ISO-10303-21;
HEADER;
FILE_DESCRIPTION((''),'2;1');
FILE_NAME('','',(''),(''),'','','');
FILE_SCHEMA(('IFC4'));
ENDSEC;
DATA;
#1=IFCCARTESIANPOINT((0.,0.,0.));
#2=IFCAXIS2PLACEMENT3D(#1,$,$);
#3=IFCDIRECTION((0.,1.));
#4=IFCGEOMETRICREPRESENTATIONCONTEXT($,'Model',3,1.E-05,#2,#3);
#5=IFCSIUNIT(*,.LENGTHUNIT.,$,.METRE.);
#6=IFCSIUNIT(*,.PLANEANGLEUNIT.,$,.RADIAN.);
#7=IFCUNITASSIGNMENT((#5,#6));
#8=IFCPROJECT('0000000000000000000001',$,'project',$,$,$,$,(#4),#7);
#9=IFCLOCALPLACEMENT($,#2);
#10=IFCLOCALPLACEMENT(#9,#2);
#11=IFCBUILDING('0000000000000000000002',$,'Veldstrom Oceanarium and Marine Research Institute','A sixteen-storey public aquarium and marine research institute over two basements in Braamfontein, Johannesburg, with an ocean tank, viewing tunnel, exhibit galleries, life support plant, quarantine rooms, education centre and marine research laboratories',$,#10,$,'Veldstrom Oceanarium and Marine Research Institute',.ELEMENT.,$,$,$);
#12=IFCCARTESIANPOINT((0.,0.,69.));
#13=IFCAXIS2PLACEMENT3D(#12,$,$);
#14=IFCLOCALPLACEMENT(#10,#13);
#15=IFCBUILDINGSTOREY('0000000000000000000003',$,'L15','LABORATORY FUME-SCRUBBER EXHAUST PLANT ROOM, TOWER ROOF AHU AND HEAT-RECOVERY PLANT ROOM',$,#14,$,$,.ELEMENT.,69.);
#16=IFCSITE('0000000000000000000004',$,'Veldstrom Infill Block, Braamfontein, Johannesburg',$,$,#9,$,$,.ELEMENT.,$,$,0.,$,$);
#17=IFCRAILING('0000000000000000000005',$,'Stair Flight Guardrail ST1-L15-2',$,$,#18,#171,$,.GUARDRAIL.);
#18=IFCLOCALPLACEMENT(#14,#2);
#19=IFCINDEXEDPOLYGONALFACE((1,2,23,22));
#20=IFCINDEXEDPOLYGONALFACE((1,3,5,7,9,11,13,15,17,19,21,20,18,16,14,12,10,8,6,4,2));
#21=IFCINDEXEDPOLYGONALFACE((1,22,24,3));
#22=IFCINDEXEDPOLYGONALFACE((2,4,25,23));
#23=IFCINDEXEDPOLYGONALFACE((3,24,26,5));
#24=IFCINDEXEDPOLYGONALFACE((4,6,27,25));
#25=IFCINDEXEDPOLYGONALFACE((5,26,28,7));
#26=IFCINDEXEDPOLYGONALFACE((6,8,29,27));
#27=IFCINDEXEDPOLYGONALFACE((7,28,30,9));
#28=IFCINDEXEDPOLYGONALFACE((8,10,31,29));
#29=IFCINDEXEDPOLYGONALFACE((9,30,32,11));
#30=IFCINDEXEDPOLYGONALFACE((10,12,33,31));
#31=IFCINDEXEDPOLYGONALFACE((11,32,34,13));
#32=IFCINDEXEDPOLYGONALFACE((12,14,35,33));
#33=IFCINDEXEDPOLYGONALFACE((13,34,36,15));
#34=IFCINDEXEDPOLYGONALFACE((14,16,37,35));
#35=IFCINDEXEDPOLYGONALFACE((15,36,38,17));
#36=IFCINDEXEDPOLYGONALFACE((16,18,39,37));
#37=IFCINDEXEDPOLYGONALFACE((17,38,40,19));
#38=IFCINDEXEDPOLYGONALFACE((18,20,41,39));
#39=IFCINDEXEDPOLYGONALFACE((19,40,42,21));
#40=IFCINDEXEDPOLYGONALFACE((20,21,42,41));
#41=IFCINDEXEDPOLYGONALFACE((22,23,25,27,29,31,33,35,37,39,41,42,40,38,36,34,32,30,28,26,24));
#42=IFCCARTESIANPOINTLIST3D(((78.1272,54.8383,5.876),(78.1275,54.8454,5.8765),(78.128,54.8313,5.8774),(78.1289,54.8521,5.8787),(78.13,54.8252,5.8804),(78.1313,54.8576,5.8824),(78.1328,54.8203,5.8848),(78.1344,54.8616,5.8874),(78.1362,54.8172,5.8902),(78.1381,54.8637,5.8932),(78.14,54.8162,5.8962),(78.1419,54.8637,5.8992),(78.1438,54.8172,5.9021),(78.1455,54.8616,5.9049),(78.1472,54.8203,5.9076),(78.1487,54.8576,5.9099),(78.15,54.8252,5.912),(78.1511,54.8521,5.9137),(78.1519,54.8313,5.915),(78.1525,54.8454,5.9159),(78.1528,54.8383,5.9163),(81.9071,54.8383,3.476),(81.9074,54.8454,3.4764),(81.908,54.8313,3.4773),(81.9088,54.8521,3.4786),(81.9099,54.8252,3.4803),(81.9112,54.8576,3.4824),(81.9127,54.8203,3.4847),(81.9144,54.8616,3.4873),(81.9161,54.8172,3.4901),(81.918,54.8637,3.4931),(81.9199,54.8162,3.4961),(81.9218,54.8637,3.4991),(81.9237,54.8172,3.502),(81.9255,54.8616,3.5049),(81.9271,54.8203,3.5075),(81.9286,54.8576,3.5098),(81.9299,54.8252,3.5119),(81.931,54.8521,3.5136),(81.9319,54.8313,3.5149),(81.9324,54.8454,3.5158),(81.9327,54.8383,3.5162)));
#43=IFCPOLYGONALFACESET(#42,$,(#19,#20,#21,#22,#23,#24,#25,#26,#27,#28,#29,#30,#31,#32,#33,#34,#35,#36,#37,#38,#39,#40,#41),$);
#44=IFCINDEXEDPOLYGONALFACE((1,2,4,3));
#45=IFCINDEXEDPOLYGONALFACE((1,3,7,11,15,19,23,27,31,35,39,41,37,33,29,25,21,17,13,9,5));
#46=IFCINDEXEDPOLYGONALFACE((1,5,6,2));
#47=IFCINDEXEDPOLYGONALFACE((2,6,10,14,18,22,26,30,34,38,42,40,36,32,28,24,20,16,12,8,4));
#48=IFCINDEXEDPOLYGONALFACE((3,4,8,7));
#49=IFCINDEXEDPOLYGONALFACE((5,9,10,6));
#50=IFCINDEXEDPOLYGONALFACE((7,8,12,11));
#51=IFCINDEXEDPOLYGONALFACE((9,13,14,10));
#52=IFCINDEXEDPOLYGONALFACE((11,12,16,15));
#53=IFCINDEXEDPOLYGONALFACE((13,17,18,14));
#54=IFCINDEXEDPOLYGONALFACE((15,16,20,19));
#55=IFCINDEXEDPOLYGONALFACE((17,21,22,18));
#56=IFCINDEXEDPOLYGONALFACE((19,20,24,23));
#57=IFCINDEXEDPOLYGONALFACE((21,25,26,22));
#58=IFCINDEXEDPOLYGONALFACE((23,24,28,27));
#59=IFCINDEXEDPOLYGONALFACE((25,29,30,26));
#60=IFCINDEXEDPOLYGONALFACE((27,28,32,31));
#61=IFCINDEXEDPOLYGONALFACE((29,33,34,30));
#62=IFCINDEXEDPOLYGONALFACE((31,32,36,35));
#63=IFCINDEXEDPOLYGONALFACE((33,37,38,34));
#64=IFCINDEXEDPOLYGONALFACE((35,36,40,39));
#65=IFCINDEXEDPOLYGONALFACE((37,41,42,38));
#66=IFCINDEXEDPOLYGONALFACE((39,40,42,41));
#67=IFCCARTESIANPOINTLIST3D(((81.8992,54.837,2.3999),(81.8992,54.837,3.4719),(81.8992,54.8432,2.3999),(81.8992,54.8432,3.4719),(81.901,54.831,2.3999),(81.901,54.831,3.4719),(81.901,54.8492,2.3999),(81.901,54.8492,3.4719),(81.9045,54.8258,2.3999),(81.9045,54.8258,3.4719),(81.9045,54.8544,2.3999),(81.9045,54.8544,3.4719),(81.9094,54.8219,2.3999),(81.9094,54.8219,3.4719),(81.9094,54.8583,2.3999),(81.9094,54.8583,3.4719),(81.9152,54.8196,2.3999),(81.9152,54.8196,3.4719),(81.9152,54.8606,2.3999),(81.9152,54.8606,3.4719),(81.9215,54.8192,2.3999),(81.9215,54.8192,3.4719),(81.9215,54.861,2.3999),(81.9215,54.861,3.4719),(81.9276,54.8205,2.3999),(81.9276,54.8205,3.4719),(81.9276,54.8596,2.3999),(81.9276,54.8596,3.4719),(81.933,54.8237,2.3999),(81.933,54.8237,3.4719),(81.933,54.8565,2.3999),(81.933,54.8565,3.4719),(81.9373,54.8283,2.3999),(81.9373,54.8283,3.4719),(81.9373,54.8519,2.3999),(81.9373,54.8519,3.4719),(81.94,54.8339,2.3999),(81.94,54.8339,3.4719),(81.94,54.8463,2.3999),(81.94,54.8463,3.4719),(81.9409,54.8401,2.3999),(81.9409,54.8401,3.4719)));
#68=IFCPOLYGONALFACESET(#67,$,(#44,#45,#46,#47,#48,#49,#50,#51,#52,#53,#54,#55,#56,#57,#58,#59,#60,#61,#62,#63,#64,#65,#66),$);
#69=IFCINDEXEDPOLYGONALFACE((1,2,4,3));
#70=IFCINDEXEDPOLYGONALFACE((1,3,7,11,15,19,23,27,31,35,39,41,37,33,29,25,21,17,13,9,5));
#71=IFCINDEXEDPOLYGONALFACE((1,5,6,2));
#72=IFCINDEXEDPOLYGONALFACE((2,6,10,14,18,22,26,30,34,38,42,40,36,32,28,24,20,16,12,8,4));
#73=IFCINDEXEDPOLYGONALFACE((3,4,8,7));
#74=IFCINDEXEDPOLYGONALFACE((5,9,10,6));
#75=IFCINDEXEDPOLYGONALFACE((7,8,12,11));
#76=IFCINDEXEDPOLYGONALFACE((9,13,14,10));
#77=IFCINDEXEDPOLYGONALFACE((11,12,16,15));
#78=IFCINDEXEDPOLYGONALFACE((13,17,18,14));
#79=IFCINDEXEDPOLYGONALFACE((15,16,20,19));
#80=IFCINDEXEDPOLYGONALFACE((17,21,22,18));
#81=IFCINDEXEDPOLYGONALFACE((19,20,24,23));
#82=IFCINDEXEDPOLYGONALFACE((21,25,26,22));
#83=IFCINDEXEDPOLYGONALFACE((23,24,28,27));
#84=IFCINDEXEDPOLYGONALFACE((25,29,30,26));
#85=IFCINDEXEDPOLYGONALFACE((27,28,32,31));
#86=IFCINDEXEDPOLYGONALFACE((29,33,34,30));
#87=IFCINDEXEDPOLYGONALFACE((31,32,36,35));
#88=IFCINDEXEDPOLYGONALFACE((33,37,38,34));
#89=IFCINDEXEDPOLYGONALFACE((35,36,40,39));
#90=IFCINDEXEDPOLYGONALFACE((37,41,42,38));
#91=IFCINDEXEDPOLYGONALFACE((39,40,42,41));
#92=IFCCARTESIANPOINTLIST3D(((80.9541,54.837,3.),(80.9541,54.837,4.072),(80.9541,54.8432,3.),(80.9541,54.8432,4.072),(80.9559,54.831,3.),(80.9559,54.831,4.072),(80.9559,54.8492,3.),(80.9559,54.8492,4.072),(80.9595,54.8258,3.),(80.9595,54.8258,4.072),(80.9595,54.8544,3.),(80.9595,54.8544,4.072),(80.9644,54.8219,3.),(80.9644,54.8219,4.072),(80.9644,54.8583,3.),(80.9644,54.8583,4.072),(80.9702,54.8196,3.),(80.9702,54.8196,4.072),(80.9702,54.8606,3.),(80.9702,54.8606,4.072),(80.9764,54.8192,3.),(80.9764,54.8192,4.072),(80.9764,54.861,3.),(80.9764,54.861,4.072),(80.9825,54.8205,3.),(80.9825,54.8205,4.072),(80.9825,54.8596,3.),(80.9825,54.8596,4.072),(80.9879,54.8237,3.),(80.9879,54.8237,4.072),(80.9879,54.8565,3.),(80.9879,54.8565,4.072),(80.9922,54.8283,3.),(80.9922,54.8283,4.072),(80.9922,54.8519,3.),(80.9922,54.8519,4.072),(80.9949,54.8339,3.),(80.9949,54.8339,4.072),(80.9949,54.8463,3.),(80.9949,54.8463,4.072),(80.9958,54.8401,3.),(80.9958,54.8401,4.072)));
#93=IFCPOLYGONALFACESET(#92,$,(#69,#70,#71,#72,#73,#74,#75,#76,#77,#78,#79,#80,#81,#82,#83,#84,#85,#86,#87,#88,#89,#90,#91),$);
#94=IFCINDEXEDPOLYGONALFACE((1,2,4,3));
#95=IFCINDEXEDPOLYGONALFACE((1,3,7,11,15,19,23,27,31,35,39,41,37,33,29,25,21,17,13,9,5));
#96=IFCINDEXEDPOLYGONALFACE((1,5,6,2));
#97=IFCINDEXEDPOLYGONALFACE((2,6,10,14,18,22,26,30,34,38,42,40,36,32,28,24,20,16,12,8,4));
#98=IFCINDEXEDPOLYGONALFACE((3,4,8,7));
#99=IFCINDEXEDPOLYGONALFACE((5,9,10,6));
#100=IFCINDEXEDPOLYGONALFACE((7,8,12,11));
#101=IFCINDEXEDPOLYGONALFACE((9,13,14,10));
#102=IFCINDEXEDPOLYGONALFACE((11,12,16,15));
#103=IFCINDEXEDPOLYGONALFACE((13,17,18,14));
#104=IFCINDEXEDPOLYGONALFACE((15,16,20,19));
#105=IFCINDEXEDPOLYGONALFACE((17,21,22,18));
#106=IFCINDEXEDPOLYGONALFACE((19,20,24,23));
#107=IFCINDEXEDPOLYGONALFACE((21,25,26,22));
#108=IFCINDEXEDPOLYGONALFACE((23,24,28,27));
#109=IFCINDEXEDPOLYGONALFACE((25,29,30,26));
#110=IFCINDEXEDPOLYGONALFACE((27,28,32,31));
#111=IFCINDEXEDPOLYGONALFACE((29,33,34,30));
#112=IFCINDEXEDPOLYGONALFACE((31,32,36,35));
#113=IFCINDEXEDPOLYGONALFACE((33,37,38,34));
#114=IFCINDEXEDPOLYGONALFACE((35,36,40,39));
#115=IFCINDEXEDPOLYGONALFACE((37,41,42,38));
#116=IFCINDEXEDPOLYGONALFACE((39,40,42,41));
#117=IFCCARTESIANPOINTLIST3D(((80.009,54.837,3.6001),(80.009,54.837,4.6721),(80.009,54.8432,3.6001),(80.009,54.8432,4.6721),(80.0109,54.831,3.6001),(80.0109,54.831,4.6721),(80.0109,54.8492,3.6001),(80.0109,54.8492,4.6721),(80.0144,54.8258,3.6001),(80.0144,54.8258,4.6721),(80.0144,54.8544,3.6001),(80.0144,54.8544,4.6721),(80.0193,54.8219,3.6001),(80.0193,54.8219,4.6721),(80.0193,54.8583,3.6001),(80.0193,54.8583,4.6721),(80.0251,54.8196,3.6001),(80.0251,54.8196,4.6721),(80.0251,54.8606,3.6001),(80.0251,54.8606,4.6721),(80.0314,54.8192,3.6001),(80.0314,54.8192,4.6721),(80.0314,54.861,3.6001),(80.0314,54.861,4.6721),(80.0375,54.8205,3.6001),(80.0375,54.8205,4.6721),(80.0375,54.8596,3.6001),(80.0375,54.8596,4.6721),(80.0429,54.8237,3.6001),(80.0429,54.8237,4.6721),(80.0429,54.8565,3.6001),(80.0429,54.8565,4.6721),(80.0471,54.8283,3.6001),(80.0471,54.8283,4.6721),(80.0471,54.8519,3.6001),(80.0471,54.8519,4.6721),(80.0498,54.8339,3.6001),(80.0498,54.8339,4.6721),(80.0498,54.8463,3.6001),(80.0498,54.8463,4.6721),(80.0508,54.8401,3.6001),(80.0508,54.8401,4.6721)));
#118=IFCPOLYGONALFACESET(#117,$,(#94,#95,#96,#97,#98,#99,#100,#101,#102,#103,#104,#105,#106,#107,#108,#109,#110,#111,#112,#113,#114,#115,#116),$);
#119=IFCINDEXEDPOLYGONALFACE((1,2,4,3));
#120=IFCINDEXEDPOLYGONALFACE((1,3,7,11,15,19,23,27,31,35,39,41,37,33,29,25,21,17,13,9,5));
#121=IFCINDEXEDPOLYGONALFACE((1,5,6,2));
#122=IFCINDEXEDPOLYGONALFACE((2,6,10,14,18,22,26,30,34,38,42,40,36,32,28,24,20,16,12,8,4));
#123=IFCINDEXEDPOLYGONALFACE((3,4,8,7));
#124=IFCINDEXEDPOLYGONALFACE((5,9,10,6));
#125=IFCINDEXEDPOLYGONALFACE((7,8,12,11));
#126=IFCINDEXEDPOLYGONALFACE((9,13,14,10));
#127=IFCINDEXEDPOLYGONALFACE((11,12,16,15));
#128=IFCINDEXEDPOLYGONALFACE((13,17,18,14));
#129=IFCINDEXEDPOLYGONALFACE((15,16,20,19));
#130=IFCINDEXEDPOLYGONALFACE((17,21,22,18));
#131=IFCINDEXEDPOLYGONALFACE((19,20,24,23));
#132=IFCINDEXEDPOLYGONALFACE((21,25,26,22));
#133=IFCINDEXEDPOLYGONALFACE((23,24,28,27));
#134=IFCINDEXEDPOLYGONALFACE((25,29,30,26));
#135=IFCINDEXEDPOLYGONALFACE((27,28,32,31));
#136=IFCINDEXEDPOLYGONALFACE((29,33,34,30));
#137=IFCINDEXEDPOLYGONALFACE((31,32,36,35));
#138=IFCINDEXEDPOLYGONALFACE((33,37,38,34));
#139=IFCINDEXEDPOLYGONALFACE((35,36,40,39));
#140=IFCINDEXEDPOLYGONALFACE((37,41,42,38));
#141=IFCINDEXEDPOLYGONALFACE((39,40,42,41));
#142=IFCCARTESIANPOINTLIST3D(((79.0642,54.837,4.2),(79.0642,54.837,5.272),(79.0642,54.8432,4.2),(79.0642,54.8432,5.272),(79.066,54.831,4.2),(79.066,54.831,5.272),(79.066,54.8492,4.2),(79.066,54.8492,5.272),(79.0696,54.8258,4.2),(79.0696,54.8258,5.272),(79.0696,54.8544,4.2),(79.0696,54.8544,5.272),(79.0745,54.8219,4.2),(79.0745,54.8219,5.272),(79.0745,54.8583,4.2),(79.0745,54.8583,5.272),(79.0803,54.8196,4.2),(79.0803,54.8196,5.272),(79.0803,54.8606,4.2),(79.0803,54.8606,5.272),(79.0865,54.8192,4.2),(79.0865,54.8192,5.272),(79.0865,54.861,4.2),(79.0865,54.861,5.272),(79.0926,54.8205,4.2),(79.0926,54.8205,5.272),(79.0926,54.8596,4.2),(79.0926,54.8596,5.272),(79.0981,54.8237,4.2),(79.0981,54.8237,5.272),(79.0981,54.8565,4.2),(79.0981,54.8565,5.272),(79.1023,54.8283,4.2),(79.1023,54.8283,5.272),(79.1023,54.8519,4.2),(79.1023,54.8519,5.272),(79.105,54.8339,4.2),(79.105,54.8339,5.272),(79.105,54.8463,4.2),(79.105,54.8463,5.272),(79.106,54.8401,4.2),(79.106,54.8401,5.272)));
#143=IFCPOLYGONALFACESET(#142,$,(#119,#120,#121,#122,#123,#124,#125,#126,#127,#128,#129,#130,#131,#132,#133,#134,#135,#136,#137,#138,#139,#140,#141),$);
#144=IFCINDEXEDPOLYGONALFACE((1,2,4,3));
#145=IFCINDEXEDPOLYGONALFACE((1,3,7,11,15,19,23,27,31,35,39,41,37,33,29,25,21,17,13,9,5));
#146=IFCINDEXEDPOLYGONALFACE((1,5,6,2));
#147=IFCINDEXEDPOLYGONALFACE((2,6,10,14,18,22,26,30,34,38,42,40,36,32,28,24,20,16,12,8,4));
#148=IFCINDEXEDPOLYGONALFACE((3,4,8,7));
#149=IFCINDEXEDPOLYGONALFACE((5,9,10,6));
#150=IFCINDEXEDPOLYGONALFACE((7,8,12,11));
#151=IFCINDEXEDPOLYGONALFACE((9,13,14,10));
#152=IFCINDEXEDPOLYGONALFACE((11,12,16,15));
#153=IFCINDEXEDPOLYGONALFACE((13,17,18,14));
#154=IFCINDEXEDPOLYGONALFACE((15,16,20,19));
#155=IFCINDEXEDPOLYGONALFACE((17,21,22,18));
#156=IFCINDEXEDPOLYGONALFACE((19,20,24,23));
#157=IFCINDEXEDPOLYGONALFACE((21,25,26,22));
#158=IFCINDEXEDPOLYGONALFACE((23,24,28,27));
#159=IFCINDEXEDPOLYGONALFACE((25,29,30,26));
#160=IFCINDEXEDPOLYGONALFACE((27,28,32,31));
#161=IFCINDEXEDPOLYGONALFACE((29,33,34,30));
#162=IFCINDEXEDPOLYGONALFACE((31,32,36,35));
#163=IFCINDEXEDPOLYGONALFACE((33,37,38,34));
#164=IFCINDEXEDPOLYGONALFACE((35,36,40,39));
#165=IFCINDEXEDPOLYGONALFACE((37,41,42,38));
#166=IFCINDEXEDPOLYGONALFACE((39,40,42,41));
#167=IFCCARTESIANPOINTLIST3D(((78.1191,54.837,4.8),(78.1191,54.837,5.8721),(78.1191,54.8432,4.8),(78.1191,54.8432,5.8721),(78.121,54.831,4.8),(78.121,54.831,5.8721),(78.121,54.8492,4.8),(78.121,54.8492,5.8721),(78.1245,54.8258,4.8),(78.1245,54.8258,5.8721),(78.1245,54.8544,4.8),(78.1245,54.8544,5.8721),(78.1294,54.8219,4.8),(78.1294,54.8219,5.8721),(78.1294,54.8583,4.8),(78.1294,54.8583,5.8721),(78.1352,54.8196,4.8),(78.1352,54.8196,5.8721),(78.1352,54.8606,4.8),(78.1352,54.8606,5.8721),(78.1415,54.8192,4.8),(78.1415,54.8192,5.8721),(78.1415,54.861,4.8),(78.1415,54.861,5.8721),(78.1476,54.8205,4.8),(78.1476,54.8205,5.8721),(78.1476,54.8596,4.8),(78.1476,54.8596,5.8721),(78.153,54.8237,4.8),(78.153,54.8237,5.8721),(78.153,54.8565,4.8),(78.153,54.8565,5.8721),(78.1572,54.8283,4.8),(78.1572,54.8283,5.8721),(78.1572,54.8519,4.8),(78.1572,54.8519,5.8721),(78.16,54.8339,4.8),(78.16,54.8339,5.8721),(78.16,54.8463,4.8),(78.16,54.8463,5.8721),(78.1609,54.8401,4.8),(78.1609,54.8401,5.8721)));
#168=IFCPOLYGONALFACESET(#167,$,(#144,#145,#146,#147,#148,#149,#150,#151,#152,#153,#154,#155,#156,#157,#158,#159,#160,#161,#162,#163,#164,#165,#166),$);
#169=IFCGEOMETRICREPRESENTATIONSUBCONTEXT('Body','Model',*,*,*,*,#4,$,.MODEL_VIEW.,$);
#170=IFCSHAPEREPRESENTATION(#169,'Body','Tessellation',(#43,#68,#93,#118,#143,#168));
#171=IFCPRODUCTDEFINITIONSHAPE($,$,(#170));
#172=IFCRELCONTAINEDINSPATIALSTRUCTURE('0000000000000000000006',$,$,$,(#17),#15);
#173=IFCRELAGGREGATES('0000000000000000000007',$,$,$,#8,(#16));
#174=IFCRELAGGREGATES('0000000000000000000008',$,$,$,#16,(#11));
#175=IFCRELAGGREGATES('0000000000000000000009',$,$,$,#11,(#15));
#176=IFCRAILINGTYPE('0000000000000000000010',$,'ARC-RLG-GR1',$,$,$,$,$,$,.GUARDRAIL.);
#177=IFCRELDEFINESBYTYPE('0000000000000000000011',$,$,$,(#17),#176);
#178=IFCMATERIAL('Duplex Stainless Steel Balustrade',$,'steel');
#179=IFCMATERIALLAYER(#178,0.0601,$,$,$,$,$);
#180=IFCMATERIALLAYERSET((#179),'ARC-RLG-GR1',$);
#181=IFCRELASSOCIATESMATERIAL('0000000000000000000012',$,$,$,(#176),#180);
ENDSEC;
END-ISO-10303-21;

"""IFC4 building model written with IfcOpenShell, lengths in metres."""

from ifc_helpers import new_model, si_unit, direction, frame, origin, origin_2d, place, context, subcontext, project, spatial, circle, extrude, material, layer, layer_set, type_object, element, save


model = new_model("IFC4")

# Units and contexts
model_context = context("Model", 3, precision=1e-05, world=origin(), true_north=direction((0.0, 1.0)))
body_context = subcontext(model_context, "Body", "Model", "MODEL_VIEW")
ifc_project = project(units=[si_unit("LENGTHUNIT", "METRE"), si_unit("PLANEANGLEUNIT", "RADIAN")], contexts=[model_context])

# Site, building, storey
site_placement = place(None, origin())
site = spatial("IfcSite", under=ifc_project, at=site_placement, Name="Veldstrom Infill Block, Braamfontein, Johannesburg", CompositionType="ELEMENT", RefElevation=0.0)
building_placement = place(site_placement, origin())
building = spatial("IfcBuilding", under=site, at=building_placement, Name="Veldstrom Oceanarium and Marine Research Institute", Description="A sixteen-storey public aquarium and marine research institute over two basements in Braamfontein, Johannesburg, with an ocean tank, viewing tunnel, exhibit galleries, life support plant, quarantine rooms, education centre and marine research laboratories", LongName="Veldstrom Oceanarium and Marine Research Institute", CompositionType="ELEMENT")
storey_placement = place(building_placement, frame((0.0, 0.0, 69.0)))
storey = spatial("IfcBuildingStorey", under=building, at=storey_placement, Name="L15", Description="LABORATORY FUME-SCRUBBER EXHAUST PLANT ROOM, TOWER ROOF AHU AND HEAT-RECOVERY PLANT ROOM", CompositionType="ELEMENT", Elevation=69.0)

# Railing
ifc_material_1 = material(Name="Duplex Stainless Steel Balustrade", Category="steel")
ifc_layer_1 = layer(ifc_material_1, 0.0601)
ifc_layer_set_1 = layer_set([ifc_layer_1], Name="ARC-RLG-GR1")
railing_type = type_object("IfcRailingType", Name="ARC-RLG-GR1", PredefinedType="GUARDRAIL", material=ifc_layer_set_1)
railing_1_placement = place(storey_placement, frame((81.9199, 54.8401, 2.3999)))
element("IfcRailing", 1, at=railing_1_placement, inside=storey, type_object=railing_type, Name="Stair Flight Guardrail ST1-L15-2", PredefinedType="GUARDRAIL", context=body_context, shape_type="SweptSolid", body=[
    extrude(circle(Radius=0.0239, at=origin_2d()), frame((0.0, 0.0, 1.0962), z_axis=(-0.8442, 0.0, 0.536028), x_axis=(0.0, -1.0, 0.0)), (0.0, 0.0, 1.0), 4.4775),
    extrude(circle(Radius=0.021, at=origin_2d()), origin(), (0.0, 0.0, 1.0), 1.072),
    extrude(circle(Radius=0.021, at=origin_2d()), frame((-0.9451, 0.0, 0.6001)), (0.0, 0.0, 1.0), 1.072),
    extrude(circle(Radius=0.021, at=origin_2d()), frame((-1.8901, 0.0, 1.2002)), (0.0, 0.0, 1.0), 1.072),
    extrude(circle(Radius=0.021, at=origin_2d()), frame((-2.835, 0.0, 1.8)), (0.0, 0.0, 1.0), 1.072),
    extrude(circle(Radius=0.021, at=origin_2d()), frame((-3.78, 0.0, 2.4001)), (0.0, 0.0, 1.0), 1.072),
])

save(model, "model.ifc")
